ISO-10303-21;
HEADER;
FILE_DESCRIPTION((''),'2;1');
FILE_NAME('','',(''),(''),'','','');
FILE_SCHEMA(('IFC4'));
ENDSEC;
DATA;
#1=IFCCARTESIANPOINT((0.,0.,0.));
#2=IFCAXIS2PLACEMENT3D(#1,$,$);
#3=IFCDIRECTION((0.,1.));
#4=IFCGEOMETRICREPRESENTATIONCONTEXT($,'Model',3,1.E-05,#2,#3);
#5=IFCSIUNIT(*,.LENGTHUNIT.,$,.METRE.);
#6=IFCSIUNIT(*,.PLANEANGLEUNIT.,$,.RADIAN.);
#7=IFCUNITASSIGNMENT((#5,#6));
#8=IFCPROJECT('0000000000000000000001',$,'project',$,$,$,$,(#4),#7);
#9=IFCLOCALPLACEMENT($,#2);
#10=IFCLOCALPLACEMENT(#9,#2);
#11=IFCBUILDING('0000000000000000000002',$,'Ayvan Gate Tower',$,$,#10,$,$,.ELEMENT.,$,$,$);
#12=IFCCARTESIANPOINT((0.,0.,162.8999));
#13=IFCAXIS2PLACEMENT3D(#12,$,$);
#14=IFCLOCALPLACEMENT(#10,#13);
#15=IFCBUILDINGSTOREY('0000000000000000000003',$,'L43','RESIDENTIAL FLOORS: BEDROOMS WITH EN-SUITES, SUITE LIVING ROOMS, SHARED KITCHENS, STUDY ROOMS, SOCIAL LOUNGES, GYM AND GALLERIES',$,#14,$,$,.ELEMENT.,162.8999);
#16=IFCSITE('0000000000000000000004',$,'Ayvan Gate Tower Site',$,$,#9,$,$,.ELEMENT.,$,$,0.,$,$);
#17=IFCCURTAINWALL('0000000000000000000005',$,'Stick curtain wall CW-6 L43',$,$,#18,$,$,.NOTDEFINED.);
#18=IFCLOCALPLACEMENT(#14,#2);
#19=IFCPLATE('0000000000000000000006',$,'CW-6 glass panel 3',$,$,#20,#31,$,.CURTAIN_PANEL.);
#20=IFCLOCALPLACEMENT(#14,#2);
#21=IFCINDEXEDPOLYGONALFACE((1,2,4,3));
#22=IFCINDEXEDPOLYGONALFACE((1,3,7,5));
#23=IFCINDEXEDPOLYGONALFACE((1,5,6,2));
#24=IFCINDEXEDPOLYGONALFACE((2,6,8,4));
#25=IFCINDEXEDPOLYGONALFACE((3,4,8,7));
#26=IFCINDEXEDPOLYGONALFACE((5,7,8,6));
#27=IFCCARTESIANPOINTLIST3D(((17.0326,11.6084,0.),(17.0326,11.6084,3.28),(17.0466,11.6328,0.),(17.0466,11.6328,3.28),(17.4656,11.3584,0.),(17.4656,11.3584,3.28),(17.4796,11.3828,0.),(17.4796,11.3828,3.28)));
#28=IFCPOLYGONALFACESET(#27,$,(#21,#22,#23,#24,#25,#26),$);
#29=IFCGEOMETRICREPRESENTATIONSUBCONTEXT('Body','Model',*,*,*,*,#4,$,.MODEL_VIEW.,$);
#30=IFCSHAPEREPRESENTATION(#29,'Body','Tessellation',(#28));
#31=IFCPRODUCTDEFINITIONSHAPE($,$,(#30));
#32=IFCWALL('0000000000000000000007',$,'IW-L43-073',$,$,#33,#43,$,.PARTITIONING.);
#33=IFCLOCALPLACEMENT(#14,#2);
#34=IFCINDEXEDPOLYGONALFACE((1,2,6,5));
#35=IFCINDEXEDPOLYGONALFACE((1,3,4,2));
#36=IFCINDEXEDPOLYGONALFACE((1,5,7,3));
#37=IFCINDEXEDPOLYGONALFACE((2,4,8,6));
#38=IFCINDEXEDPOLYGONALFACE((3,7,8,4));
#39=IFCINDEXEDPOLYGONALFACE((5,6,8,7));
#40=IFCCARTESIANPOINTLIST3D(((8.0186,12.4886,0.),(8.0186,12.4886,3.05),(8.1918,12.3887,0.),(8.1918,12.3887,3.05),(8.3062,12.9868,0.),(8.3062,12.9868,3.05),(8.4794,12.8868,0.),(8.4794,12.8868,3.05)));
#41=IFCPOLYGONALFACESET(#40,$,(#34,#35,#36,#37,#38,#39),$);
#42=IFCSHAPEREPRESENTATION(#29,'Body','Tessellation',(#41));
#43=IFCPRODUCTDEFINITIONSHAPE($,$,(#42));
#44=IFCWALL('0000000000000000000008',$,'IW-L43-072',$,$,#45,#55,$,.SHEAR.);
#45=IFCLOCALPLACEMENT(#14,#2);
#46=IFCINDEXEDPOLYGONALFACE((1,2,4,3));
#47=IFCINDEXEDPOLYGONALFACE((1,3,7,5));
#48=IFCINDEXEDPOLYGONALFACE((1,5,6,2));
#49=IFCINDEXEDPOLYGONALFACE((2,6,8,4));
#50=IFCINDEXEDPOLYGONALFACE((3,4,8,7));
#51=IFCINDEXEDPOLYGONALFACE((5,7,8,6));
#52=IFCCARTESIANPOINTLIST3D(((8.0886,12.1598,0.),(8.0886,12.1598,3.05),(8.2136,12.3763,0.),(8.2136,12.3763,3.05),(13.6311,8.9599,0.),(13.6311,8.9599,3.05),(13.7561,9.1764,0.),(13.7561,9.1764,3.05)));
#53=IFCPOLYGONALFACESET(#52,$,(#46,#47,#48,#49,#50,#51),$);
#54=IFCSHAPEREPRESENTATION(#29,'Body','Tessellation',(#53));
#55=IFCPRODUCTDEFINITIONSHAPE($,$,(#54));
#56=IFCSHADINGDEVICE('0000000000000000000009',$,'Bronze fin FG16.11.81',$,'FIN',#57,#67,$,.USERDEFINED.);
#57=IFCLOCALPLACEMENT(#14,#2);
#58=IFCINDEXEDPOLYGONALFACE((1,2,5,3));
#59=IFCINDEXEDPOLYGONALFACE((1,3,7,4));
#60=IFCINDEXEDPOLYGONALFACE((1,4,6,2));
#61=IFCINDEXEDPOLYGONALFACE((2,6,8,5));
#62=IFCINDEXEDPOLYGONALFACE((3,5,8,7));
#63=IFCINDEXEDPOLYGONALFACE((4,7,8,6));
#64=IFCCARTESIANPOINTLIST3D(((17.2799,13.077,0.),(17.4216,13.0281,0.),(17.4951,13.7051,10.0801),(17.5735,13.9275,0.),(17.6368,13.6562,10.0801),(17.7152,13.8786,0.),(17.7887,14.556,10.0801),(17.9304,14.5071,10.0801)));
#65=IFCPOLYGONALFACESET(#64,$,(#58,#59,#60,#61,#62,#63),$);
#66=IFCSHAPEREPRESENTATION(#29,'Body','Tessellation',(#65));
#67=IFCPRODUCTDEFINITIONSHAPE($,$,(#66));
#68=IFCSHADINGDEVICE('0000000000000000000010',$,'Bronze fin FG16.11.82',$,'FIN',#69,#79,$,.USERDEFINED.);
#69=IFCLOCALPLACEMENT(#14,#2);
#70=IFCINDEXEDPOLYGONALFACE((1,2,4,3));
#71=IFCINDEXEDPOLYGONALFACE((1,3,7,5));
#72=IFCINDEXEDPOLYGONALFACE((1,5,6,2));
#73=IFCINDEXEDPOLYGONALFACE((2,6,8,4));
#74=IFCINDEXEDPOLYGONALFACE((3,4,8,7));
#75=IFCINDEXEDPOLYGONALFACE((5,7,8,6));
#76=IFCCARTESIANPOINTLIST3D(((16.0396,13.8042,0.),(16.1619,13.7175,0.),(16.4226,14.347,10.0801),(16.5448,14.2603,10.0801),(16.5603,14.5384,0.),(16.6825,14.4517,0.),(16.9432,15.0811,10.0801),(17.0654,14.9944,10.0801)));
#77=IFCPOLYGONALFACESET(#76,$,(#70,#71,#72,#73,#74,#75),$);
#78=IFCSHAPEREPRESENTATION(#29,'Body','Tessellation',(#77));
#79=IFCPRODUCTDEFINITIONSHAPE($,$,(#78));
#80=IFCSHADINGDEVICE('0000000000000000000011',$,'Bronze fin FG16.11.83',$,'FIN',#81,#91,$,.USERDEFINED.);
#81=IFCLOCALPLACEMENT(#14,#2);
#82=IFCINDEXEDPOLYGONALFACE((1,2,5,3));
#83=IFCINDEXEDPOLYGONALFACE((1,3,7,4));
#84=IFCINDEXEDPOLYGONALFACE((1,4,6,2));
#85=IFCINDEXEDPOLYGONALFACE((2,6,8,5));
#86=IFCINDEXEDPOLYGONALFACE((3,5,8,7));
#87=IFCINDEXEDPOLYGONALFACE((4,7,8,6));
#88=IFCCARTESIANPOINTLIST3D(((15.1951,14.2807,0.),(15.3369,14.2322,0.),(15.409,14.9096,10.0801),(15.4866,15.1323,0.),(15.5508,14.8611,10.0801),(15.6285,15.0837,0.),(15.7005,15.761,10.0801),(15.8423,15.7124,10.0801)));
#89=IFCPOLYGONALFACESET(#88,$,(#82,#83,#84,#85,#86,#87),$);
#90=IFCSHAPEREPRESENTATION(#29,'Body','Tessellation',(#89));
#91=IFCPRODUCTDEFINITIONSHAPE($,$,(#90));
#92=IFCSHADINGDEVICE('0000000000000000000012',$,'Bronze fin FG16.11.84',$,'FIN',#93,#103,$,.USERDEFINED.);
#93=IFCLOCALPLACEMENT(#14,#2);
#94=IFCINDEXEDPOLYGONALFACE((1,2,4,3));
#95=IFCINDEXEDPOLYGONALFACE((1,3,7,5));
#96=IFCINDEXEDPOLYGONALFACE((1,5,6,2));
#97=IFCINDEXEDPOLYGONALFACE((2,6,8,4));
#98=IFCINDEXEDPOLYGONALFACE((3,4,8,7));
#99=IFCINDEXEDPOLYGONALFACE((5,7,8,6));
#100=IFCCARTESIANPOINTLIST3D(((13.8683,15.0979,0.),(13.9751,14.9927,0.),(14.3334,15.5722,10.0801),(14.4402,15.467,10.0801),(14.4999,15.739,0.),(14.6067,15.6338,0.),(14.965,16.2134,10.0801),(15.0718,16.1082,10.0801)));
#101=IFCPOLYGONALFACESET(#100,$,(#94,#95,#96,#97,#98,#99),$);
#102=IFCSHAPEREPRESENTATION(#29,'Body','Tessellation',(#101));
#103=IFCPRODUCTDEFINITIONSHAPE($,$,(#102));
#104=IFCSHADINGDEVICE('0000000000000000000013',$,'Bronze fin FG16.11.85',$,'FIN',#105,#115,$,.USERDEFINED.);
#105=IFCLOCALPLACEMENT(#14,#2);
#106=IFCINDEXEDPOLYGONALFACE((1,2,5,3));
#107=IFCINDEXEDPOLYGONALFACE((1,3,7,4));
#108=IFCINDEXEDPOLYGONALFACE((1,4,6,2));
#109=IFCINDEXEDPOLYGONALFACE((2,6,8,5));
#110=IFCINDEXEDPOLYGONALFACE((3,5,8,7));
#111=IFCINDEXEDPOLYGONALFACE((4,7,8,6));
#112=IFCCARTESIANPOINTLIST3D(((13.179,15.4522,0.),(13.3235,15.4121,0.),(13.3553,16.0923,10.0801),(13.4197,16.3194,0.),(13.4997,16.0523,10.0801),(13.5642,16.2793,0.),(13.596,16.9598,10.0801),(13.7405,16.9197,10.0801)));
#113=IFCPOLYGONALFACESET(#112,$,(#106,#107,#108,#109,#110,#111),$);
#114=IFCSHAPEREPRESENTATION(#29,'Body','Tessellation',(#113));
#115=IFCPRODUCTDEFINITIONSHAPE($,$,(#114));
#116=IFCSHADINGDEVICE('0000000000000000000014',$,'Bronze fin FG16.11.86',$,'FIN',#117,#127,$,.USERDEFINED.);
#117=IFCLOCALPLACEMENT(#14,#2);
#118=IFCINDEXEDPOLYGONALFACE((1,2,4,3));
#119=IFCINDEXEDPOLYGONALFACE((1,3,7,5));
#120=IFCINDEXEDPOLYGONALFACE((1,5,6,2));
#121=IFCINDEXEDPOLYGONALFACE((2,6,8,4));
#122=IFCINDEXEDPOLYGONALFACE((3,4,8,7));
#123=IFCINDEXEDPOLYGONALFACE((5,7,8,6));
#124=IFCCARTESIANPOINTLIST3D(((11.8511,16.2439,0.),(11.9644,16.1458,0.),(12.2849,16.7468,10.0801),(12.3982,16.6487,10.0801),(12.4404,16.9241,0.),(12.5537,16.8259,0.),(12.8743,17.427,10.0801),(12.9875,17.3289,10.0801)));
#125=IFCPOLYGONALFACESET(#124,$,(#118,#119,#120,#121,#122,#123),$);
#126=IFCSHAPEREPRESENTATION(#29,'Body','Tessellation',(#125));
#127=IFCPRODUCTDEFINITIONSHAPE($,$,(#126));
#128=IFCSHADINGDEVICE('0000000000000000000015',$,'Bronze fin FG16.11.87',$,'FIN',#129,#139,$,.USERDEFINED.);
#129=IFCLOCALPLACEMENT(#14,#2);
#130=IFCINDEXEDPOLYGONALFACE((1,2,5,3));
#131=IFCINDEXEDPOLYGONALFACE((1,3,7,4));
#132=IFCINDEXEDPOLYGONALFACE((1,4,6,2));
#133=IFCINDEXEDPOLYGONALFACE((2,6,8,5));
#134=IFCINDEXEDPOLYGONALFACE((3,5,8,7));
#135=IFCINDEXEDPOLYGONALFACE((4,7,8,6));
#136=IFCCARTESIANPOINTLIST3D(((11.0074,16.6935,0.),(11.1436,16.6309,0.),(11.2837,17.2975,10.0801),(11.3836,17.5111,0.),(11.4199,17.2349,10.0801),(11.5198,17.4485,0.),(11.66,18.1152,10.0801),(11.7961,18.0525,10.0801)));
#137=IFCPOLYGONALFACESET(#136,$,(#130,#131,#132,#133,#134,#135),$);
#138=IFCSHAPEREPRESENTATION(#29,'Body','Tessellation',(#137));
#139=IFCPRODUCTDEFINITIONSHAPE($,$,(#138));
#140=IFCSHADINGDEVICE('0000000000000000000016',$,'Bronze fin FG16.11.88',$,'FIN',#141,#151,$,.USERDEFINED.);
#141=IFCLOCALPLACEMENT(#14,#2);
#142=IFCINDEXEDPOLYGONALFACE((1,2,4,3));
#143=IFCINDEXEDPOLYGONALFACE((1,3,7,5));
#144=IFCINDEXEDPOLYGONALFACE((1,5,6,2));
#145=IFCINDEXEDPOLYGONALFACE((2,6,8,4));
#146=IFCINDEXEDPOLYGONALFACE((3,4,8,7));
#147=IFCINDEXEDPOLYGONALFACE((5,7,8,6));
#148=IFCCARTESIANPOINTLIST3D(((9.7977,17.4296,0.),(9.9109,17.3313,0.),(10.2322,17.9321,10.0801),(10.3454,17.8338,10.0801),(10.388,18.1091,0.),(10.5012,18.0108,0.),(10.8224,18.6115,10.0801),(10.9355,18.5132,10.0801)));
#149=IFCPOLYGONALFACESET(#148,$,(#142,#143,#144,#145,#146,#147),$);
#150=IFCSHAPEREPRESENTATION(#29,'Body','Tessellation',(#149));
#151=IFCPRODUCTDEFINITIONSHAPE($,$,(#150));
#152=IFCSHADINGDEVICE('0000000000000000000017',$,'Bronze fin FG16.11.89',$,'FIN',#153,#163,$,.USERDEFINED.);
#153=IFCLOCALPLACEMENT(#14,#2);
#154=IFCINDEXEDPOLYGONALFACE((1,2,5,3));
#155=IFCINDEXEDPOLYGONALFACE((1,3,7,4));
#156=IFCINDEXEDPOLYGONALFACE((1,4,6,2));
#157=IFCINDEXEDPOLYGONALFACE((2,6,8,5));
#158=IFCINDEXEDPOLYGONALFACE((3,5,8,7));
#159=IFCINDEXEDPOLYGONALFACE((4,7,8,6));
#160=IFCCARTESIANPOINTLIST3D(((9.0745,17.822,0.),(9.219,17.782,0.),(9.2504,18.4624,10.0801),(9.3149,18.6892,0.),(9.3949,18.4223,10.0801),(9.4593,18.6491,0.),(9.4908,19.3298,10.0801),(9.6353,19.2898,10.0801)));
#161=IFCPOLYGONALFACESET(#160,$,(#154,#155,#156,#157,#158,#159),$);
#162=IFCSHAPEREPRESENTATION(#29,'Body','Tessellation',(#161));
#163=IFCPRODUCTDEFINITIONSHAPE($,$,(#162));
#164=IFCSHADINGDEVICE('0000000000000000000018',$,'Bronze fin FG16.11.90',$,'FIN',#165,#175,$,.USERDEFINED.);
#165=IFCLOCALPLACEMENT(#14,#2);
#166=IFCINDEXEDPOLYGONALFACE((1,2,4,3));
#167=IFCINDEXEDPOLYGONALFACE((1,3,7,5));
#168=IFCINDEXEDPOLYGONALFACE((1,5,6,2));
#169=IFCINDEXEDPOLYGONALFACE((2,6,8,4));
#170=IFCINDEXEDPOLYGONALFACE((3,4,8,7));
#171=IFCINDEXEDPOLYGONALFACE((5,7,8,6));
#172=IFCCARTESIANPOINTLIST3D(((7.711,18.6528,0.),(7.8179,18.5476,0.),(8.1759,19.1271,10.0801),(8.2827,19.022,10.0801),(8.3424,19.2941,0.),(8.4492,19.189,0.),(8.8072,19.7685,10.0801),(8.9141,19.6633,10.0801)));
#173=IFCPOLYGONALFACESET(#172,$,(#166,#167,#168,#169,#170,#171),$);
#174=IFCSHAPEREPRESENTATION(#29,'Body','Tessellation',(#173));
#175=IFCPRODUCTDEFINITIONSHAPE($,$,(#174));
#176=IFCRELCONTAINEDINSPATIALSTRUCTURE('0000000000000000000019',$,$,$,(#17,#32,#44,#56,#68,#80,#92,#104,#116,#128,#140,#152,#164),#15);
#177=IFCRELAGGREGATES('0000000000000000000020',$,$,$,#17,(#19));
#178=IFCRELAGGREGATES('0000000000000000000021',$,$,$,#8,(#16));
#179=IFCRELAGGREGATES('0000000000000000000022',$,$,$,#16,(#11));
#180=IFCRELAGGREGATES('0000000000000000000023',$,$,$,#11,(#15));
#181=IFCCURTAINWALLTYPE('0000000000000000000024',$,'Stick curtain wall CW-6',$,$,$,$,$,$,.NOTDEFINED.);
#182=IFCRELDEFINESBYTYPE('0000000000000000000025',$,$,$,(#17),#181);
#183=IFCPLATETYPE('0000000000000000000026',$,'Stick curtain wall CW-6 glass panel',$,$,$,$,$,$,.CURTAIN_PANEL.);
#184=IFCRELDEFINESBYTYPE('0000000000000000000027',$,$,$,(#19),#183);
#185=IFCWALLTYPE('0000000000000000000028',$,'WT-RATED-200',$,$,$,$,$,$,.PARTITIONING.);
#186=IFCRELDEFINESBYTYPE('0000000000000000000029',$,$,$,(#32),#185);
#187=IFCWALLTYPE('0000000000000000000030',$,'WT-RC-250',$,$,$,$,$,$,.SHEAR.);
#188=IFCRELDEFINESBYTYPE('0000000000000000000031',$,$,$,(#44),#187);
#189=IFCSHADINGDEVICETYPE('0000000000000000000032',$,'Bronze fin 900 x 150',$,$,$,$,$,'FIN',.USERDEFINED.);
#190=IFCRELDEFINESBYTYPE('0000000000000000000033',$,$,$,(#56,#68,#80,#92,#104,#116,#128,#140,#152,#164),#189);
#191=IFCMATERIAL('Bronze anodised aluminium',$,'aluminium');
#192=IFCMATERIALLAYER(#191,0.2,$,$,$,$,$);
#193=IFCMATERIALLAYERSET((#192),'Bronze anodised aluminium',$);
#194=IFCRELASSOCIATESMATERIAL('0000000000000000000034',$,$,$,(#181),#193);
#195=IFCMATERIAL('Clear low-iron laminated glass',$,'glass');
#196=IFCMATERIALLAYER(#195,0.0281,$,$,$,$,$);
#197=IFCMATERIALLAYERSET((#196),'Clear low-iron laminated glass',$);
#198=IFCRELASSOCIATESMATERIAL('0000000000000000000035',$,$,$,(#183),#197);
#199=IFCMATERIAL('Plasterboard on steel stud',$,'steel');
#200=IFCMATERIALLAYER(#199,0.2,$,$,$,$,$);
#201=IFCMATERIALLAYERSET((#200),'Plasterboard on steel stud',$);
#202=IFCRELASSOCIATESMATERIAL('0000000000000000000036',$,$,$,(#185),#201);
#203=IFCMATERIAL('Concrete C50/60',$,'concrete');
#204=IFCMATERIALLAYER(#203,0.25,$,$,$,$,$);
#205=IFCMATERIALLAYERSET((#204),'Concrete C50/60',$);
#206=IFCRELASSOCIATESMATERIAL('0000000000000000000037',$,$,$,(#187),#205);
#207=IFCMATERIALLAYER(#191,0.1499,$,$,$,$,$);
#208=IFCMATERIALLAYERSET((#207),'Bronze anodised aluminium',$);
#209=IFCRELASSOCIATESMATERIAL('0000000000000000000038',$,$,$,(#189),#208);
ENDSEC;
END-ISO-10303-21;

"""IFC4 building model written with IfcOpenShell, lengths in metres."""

from ifc_helpers import new_model, si_unit, direction, frame, frame_2d, origin, origin_2d, place, context, subcontext, project, spatial, polyline, rectangle, outline, extrude, material, layer, layer_set, type_object, element, aggregate, save


model = new_model("IFC4")

# Units and contexts
model_context = context("Model", 3, precision=1e-05, world=origin(), true_north=direction((0.0, 1.0)))
body_context = subcontext(model_context, "Body", "Model", "MODEL_VIEW")
ifc_project = project(units=[si_unit("LENGTHUNIT", "METRE"), si_unit("PLANEANGLEUNIT", "RADIAN")], contexts=[model_context])

# Site, building, storey
site_placement = place(None, origin())
site = spatial("IfcSite", under=ifc_project, at=site_placement, Name="Ayvan Gate Tower Site", CompositionType="ELEMENT", RefElevation=0.0)
building_placement = place(site_placement, origin())
building = spatial("IfcBuilding", under=site, at=building_placement, Name="Ayvan Gate Tower", CompositionType="ELEMENT")
storey_placement = place(building_placement, frame((0.0, 0.0, 162.8999)))
storey = spatial("IfcBuildingStorey", under=building, at=storey_placement, Name="L43", Description="RESIDENTIAL FLOORS: BEDROOMS WITH EN-SUITES, SUITE LIVING ROOMS, SHARED KITCHENS, STUDY ROOMS, SOCIAL LOUNGES, GYM AND GALLERIES", CompositionType="ELEMENT", Elevation=162.8999)

# Curtain wall
ifc_material_1 = material(Name="Bronze anodised aluminium", Category="aluminium")
ifc_layer_1 = layer(ifc_material_1, 0.2)
ifc_layer_set_1 = layer_set([ifc_layer_1], Name="Bronze anodised aluminium")
curtain_wall_type_1 = type_object("IfcCurtainWallType", Name="Stick curtain wall CW-6", PredefinedType="NOTDEFINED", material=ifc_layer_set_1)
curtain_wall_1_placement = place(storey_placement, origin())
curtain_wall_1 = element("IfcCurtainWall", 1, at=curtain_wall_1_placement, inside=storey, type_object=curtain_wall_type_1, Name="Stick curtain wall CW-6 L43", PredefinedType="NOTDEFINED")

# Plate
ifc_material_2 = material(Name="Clear low-iron laminated glass", Category="glass")
ifc_layer_2 = layer(ifc_material_2, 0.0281)
ifc_layer_set_2 = layer_set([ifc_layer_2], Name="Clear low-iron laminated glass")
plate_type_1 = type_object("IfcPlateType", Name="Stick curtain wall CW-6 glass panel", PredefinedType="CURTAIN_PANEL", material=ifc_layer_set_2)
plate_1_placement = place(storey_placement, frame((17.2561, 11.4956, 0.0), z_axis=(0.0, 0.0, 1.0), x_axis=(-0.866025, 0.5, 0.0)))
plate_1 = element("IfcPlate", 2, at=plate_1_placement, type_object=plate_type_1, Name="CW-6 glass panel 3", PredefinedType="CURTAIN_PANEL", context=body_context, shape_type="SweptSolid", body=[
    extrude(rectangle(XDim=0.5, YDim=0.0281, at=origin_2d()), origin(), (0.0, 0.0, 1.0), 3.28),
])
aggregate(curtain_wall_1, [plate_1])

# Walls
ifc_material_3 = material(Name="Plasterboard on steel stud", Category="steel")
ifc_layer_3 = layer(ifc_material_3, 0.2)
ifc_layer_set_3 = layer_set([ifc_layer_3], Name="Plasterboard on steel stud")
wall_type_1 = type_object("IfcWallType", Name="WT-RATED-200", PredefinedType="PARTITIONING", material=ifc_layer_set_3)
wall_1_placement = place(storey_placement, frame((8.3928, 12.9368, 0.0), z_axis=(0.0, 0.0, 1.0), x_axis=(-0.500065, -0.865988, 0.0)))
element("IfcWall", 3, at=wall_1_placement, inside=storey, type_object=wall_type_1, Name="IW-L43-073", PredefinedType="PARTITIONING", context=body_context, shape_type="SweptSolid", body=[
    extrude(rectangle(XDim=0.5752, YDim=0.2, at=frame_2d((0.2876, 0.0))), origin(), (0.0, 0.0, 1.0), 3.05),
])
ifc_material_4 = material(Name="Concrete C50/60", Category="concrete")
ifc_layer_4 = layer(ifc_material_4, 0.25)
ifc_layer_set_4 = layer_set([ifc_layer_4], Name="Concrete C50/60")
wall_type_2 = type_object("IfcWallType", Name="WT-RC-250", PredefinedType="SHEAR", material=ifc_layer_set_4)
wall_2_placement = place(storey_placement, frame((8.1511, 12.2681, 0.0), z_axis=(0.0, 0.0, 1.0), x_axis=(0.866025, -0.5, 0.0)))
element("IfcWall", 4, at=wall_2_placement, inside=storey, type_object=wall_type_2, Name="IW-L43-072", PredefinedType="SHEAR", context=body_context, shape_type="SweptSolid", body=[
    extrude(rectangle(XDim=6.3999, YDim=0.25, at=frame_2d((3.2, 0.0))), origin(), (0.0, 0.0, 1.0), 3.05),
])

# Shading devices
ifc_layer_5 = layer(ifc_material_1, 0.1499)
ifc_layer_set_5 = layer_set([ifc_layer_5], Name="Bronze anodised aluminium")
shading_device_type = type_object("IfcShadingDeviceType", Name="Bronze fin 900 x 150", ElementType="FIN", PredefinedType="USERDEFINED", material=ifc_layer_set_5)
shading_device_1_placement = place(storey_placement, frame((17.4216, 13.0281, 0.0), z_axis=(0.945294, -0.326221, 0.000151), x_axis=(0.326221, 0.945294, 0.0)))
element("IfcShadingDevice", 5, at=shading_device_1_placement, inside=storey, type_object=shading_device_type, Name="Bronze fin FG16.11.81", ObjectType="FIN", PredefinedType="USERDEFINED", context=body_context, shape_type="SweptSolid", body=[
    extrude(outline(polyline([(0.0, 0.0), (0.8998, 0.0), (1.5641, 10.0801), (0.664, 10.0801), (0.0, 0.0)])), origin(), (0.0, 0.0, -1.0), 0.1499),
])
shading_device_2_placement = place(storey_placement, frame((16.1619, 13.7175, 0.0), z_axis=(0.815699, -0.578476, 0.000158), x_axis=(0.578476, 0.815699, 0.0)))
element("IfcShadingDevice", 6, at=shading_device_2_placement, inside=storey, type_object=shading_device_type, Name="Bronze fin FG16.11.82", ObjectType="FIN", PredefinedType="USERDEFINED", context=body_context, shape_type="SweptSolid", body=[
    extrude(outline(polyline([(0.0, 0.0), (0.9001, 0.0), (1.5642, 10.0801), (0.6643, 10.0801), (0.0, 0.0)])), origin(), (0.0, 0.0, -1.0), 0.1499),
])
shading_device_3_placement = place(storey_placement, frame((15.3369, 14.2322, 0.0), z_axis=(0.946089, -0.323908, 0.000132), x_axis=(0.323908, 0.946089, 0.0)))
element("IfcShadingDevice", 7, at=shading_device_3_placement, inside=storey, type_object=shading_device_type, Name="Bronze fin FG16.11.83", ObjectType="FIN", PredefinedType="USERDEFINED", context=body_context, shape_type="SweptSolid", body=[
    extrude(outline(polyline([(0.0, 0.0), (0.9001, 0.0), (1.5641, 10.0801), (0.6643, 10.0801), (0.0, 0.0)])), origin(), (0.0, 0.0, -1.0), 0.1499),
])
shading_device_4_placement = place(storey_placement, frame((13.9751, 14.9927, 0.0), z_axis=(0.712377, -0.701797, 0.000158), x_axis=(0.701797, 0.712377, 0.0)))
element("IfcShadingDevice", 8, at=shading_device_4_placement, inside=storey, type_object=shading_device_type, Name="Bronze fin FG16.11.84", ObjectType="FIN", PredefinedType="USERDEFINED", context=body_context, shape_type="SweptSolid", body=[
    extrude(outline(polyline([(0.0, 0.0), (0.9, 0.0), (1.5643, 10.0801), (0.6643, 10.0801), (0.0, 0.0)])), origin(), (0.0, 0.0, -1.0), 0.1499),
])
shading_device_5_placement = place(storey_placement, frame((13.3235, 15.4121, 0.0), z_axis=(0.963574, -0.267441, 0.000137), x_axis=(0.267441, 0.963574, 0.0)))
element("IfcShadingDevice", 9, at=shading_device_5_placement, inside=storey, type_object=shading_device_type, Name="Bronze fin FG16.11.85", ObjectType="FIN", PredefinedType="USERDEFINED", context=body_context, shape_type="SweptSolid", body=[
    extrude(outline(polyline([(0.0, 0.0), (0.9, 0.0), (1.5642, 10.0801), (0.664, 10.0801), (0.0, 0.0)])), origin(), (0.0, 0.0, -1.0), 0.1499),
])
shading_device_6_placement = place(storey_placement, frame((11.9644, 16.1458, 0.0), z_axis=(0.755761, -0.654848, 0.000145), x_axis=(0.654848, 0.755761, 0.0)))
element("IfcShadingDevice", 10, at=shading_device_6_placement, inside=storey, type_object=shading_device_type, Name="Bronze fin FG16.11.86", ObjectType="FIN", PredefinedType="USERDEFINED", context=body_context, shape_type="SweptSolid", body=[
    extrude(outline(polyline([(0.0, 0.0), (0.9, 0.0), (1.5642, 10.0801), (0.6642, 10.0801), (0.0, 0.0)])), origin(), (0.0, 0.0, -1.0), 0.1499),
])
shading_device_7_placement = place(storey_placement, frame((11.1436, 16.6309, 0.0), z_axis=(0.908443, -0.418009, 0.00014), x_axis=(0.418009, 0.908443, 0.0)))
element("IfcShadingDevice", 11, at=shading_device_7_placement, inside=storey, type_object=shading_device_type, Name="Bronze fin FG16.11.87", ObjectType="FIN", PredefinedType="USERDEFINED", context=body_context, shape_type="SweptSolid", body=[
    extrude(outline(polyline([(0.0, 0.0), (0.9, 0.0), (1.5643, 10.0801), (0.6642, 10.0801), (0.0, 0.0)])), origin(), (0.0, 0.0, -1.0), 0.1499),
])
shading_device_8_placement = place(storey_placement, frame((9.9109, 17.3313, 0.0), z_axis=(0.754941, -0.655792, 0.00015), x_axis=(0.655792, 0.754941, 0.0)))
element("IfcShadingDevice", 12, at=shading_device_8_placement, inside=storey, type_object=shading_device_type, Name="Bronze fin FG16.11.88", ObjectType="FIN", PredefinedType="USERDEFINED", context=body_context, shape_type="SweptSolid", body=[
    extrude(outline(polyline([(0.0, 0.0), (0.9001, 0.0), (1.5642, 10.0801), (0.6643, 10.0801), (0.0, 0.0)])), origin(), (0.0, 0.0, -1.0), 0.1499),
])
shading_device_9_placement = place(storey_placement, frame((9.219, 17.782, 0.0), z_axis=(0.963679, -0.267063, 0.000153), x_axis=(0.267063, 0.963679, 0.0)))
element("IfcShadingDevice", 13, at=shading_device_9_placement, inside=storey, type_object=shading_device_type, Name="Bronze fin FG16.11.89", ObjectType="FIN", PredefinedType="USERDEFINED", context=body_context, shape_type="SweptSolid", body=[
    extrude(outline(polyline([(0.0, 0.0), (0.8998, 0.0), (1.5642, 10.0801), (0.6641, 10.0801), (0.0, 0.0)])), origin(), (0.0, 0.0, -1.0), 0.1499),
])
shading_device_10_placement = place(storey_placement, frame((7.8179, 18.5476, 0.0), z_axis=(0.712646, -0.701524, 0.00015), x_axis=(0.701524, 0.712646, 0.0)))
element("IfcShadingDevice", 14, at=shading_device_10_placement, inside=storey, type_object=shading_device_type, Name="Bronze fin FG16.11.90", ObjectType="FIN", PredefinedType="USERDEFINED", context=body_context, shape_type="SweptSolid", body=[
    extrude(outline(polyline([(0.0, 0.0), (0.9, 0.0), (1.5641, 10.0801), (0.6642, 10.0801), (0.0, 0.0)])), origin(), (0.0, 0.0, -1.0), 0.1499),
])

save(model, "model.ifc")
